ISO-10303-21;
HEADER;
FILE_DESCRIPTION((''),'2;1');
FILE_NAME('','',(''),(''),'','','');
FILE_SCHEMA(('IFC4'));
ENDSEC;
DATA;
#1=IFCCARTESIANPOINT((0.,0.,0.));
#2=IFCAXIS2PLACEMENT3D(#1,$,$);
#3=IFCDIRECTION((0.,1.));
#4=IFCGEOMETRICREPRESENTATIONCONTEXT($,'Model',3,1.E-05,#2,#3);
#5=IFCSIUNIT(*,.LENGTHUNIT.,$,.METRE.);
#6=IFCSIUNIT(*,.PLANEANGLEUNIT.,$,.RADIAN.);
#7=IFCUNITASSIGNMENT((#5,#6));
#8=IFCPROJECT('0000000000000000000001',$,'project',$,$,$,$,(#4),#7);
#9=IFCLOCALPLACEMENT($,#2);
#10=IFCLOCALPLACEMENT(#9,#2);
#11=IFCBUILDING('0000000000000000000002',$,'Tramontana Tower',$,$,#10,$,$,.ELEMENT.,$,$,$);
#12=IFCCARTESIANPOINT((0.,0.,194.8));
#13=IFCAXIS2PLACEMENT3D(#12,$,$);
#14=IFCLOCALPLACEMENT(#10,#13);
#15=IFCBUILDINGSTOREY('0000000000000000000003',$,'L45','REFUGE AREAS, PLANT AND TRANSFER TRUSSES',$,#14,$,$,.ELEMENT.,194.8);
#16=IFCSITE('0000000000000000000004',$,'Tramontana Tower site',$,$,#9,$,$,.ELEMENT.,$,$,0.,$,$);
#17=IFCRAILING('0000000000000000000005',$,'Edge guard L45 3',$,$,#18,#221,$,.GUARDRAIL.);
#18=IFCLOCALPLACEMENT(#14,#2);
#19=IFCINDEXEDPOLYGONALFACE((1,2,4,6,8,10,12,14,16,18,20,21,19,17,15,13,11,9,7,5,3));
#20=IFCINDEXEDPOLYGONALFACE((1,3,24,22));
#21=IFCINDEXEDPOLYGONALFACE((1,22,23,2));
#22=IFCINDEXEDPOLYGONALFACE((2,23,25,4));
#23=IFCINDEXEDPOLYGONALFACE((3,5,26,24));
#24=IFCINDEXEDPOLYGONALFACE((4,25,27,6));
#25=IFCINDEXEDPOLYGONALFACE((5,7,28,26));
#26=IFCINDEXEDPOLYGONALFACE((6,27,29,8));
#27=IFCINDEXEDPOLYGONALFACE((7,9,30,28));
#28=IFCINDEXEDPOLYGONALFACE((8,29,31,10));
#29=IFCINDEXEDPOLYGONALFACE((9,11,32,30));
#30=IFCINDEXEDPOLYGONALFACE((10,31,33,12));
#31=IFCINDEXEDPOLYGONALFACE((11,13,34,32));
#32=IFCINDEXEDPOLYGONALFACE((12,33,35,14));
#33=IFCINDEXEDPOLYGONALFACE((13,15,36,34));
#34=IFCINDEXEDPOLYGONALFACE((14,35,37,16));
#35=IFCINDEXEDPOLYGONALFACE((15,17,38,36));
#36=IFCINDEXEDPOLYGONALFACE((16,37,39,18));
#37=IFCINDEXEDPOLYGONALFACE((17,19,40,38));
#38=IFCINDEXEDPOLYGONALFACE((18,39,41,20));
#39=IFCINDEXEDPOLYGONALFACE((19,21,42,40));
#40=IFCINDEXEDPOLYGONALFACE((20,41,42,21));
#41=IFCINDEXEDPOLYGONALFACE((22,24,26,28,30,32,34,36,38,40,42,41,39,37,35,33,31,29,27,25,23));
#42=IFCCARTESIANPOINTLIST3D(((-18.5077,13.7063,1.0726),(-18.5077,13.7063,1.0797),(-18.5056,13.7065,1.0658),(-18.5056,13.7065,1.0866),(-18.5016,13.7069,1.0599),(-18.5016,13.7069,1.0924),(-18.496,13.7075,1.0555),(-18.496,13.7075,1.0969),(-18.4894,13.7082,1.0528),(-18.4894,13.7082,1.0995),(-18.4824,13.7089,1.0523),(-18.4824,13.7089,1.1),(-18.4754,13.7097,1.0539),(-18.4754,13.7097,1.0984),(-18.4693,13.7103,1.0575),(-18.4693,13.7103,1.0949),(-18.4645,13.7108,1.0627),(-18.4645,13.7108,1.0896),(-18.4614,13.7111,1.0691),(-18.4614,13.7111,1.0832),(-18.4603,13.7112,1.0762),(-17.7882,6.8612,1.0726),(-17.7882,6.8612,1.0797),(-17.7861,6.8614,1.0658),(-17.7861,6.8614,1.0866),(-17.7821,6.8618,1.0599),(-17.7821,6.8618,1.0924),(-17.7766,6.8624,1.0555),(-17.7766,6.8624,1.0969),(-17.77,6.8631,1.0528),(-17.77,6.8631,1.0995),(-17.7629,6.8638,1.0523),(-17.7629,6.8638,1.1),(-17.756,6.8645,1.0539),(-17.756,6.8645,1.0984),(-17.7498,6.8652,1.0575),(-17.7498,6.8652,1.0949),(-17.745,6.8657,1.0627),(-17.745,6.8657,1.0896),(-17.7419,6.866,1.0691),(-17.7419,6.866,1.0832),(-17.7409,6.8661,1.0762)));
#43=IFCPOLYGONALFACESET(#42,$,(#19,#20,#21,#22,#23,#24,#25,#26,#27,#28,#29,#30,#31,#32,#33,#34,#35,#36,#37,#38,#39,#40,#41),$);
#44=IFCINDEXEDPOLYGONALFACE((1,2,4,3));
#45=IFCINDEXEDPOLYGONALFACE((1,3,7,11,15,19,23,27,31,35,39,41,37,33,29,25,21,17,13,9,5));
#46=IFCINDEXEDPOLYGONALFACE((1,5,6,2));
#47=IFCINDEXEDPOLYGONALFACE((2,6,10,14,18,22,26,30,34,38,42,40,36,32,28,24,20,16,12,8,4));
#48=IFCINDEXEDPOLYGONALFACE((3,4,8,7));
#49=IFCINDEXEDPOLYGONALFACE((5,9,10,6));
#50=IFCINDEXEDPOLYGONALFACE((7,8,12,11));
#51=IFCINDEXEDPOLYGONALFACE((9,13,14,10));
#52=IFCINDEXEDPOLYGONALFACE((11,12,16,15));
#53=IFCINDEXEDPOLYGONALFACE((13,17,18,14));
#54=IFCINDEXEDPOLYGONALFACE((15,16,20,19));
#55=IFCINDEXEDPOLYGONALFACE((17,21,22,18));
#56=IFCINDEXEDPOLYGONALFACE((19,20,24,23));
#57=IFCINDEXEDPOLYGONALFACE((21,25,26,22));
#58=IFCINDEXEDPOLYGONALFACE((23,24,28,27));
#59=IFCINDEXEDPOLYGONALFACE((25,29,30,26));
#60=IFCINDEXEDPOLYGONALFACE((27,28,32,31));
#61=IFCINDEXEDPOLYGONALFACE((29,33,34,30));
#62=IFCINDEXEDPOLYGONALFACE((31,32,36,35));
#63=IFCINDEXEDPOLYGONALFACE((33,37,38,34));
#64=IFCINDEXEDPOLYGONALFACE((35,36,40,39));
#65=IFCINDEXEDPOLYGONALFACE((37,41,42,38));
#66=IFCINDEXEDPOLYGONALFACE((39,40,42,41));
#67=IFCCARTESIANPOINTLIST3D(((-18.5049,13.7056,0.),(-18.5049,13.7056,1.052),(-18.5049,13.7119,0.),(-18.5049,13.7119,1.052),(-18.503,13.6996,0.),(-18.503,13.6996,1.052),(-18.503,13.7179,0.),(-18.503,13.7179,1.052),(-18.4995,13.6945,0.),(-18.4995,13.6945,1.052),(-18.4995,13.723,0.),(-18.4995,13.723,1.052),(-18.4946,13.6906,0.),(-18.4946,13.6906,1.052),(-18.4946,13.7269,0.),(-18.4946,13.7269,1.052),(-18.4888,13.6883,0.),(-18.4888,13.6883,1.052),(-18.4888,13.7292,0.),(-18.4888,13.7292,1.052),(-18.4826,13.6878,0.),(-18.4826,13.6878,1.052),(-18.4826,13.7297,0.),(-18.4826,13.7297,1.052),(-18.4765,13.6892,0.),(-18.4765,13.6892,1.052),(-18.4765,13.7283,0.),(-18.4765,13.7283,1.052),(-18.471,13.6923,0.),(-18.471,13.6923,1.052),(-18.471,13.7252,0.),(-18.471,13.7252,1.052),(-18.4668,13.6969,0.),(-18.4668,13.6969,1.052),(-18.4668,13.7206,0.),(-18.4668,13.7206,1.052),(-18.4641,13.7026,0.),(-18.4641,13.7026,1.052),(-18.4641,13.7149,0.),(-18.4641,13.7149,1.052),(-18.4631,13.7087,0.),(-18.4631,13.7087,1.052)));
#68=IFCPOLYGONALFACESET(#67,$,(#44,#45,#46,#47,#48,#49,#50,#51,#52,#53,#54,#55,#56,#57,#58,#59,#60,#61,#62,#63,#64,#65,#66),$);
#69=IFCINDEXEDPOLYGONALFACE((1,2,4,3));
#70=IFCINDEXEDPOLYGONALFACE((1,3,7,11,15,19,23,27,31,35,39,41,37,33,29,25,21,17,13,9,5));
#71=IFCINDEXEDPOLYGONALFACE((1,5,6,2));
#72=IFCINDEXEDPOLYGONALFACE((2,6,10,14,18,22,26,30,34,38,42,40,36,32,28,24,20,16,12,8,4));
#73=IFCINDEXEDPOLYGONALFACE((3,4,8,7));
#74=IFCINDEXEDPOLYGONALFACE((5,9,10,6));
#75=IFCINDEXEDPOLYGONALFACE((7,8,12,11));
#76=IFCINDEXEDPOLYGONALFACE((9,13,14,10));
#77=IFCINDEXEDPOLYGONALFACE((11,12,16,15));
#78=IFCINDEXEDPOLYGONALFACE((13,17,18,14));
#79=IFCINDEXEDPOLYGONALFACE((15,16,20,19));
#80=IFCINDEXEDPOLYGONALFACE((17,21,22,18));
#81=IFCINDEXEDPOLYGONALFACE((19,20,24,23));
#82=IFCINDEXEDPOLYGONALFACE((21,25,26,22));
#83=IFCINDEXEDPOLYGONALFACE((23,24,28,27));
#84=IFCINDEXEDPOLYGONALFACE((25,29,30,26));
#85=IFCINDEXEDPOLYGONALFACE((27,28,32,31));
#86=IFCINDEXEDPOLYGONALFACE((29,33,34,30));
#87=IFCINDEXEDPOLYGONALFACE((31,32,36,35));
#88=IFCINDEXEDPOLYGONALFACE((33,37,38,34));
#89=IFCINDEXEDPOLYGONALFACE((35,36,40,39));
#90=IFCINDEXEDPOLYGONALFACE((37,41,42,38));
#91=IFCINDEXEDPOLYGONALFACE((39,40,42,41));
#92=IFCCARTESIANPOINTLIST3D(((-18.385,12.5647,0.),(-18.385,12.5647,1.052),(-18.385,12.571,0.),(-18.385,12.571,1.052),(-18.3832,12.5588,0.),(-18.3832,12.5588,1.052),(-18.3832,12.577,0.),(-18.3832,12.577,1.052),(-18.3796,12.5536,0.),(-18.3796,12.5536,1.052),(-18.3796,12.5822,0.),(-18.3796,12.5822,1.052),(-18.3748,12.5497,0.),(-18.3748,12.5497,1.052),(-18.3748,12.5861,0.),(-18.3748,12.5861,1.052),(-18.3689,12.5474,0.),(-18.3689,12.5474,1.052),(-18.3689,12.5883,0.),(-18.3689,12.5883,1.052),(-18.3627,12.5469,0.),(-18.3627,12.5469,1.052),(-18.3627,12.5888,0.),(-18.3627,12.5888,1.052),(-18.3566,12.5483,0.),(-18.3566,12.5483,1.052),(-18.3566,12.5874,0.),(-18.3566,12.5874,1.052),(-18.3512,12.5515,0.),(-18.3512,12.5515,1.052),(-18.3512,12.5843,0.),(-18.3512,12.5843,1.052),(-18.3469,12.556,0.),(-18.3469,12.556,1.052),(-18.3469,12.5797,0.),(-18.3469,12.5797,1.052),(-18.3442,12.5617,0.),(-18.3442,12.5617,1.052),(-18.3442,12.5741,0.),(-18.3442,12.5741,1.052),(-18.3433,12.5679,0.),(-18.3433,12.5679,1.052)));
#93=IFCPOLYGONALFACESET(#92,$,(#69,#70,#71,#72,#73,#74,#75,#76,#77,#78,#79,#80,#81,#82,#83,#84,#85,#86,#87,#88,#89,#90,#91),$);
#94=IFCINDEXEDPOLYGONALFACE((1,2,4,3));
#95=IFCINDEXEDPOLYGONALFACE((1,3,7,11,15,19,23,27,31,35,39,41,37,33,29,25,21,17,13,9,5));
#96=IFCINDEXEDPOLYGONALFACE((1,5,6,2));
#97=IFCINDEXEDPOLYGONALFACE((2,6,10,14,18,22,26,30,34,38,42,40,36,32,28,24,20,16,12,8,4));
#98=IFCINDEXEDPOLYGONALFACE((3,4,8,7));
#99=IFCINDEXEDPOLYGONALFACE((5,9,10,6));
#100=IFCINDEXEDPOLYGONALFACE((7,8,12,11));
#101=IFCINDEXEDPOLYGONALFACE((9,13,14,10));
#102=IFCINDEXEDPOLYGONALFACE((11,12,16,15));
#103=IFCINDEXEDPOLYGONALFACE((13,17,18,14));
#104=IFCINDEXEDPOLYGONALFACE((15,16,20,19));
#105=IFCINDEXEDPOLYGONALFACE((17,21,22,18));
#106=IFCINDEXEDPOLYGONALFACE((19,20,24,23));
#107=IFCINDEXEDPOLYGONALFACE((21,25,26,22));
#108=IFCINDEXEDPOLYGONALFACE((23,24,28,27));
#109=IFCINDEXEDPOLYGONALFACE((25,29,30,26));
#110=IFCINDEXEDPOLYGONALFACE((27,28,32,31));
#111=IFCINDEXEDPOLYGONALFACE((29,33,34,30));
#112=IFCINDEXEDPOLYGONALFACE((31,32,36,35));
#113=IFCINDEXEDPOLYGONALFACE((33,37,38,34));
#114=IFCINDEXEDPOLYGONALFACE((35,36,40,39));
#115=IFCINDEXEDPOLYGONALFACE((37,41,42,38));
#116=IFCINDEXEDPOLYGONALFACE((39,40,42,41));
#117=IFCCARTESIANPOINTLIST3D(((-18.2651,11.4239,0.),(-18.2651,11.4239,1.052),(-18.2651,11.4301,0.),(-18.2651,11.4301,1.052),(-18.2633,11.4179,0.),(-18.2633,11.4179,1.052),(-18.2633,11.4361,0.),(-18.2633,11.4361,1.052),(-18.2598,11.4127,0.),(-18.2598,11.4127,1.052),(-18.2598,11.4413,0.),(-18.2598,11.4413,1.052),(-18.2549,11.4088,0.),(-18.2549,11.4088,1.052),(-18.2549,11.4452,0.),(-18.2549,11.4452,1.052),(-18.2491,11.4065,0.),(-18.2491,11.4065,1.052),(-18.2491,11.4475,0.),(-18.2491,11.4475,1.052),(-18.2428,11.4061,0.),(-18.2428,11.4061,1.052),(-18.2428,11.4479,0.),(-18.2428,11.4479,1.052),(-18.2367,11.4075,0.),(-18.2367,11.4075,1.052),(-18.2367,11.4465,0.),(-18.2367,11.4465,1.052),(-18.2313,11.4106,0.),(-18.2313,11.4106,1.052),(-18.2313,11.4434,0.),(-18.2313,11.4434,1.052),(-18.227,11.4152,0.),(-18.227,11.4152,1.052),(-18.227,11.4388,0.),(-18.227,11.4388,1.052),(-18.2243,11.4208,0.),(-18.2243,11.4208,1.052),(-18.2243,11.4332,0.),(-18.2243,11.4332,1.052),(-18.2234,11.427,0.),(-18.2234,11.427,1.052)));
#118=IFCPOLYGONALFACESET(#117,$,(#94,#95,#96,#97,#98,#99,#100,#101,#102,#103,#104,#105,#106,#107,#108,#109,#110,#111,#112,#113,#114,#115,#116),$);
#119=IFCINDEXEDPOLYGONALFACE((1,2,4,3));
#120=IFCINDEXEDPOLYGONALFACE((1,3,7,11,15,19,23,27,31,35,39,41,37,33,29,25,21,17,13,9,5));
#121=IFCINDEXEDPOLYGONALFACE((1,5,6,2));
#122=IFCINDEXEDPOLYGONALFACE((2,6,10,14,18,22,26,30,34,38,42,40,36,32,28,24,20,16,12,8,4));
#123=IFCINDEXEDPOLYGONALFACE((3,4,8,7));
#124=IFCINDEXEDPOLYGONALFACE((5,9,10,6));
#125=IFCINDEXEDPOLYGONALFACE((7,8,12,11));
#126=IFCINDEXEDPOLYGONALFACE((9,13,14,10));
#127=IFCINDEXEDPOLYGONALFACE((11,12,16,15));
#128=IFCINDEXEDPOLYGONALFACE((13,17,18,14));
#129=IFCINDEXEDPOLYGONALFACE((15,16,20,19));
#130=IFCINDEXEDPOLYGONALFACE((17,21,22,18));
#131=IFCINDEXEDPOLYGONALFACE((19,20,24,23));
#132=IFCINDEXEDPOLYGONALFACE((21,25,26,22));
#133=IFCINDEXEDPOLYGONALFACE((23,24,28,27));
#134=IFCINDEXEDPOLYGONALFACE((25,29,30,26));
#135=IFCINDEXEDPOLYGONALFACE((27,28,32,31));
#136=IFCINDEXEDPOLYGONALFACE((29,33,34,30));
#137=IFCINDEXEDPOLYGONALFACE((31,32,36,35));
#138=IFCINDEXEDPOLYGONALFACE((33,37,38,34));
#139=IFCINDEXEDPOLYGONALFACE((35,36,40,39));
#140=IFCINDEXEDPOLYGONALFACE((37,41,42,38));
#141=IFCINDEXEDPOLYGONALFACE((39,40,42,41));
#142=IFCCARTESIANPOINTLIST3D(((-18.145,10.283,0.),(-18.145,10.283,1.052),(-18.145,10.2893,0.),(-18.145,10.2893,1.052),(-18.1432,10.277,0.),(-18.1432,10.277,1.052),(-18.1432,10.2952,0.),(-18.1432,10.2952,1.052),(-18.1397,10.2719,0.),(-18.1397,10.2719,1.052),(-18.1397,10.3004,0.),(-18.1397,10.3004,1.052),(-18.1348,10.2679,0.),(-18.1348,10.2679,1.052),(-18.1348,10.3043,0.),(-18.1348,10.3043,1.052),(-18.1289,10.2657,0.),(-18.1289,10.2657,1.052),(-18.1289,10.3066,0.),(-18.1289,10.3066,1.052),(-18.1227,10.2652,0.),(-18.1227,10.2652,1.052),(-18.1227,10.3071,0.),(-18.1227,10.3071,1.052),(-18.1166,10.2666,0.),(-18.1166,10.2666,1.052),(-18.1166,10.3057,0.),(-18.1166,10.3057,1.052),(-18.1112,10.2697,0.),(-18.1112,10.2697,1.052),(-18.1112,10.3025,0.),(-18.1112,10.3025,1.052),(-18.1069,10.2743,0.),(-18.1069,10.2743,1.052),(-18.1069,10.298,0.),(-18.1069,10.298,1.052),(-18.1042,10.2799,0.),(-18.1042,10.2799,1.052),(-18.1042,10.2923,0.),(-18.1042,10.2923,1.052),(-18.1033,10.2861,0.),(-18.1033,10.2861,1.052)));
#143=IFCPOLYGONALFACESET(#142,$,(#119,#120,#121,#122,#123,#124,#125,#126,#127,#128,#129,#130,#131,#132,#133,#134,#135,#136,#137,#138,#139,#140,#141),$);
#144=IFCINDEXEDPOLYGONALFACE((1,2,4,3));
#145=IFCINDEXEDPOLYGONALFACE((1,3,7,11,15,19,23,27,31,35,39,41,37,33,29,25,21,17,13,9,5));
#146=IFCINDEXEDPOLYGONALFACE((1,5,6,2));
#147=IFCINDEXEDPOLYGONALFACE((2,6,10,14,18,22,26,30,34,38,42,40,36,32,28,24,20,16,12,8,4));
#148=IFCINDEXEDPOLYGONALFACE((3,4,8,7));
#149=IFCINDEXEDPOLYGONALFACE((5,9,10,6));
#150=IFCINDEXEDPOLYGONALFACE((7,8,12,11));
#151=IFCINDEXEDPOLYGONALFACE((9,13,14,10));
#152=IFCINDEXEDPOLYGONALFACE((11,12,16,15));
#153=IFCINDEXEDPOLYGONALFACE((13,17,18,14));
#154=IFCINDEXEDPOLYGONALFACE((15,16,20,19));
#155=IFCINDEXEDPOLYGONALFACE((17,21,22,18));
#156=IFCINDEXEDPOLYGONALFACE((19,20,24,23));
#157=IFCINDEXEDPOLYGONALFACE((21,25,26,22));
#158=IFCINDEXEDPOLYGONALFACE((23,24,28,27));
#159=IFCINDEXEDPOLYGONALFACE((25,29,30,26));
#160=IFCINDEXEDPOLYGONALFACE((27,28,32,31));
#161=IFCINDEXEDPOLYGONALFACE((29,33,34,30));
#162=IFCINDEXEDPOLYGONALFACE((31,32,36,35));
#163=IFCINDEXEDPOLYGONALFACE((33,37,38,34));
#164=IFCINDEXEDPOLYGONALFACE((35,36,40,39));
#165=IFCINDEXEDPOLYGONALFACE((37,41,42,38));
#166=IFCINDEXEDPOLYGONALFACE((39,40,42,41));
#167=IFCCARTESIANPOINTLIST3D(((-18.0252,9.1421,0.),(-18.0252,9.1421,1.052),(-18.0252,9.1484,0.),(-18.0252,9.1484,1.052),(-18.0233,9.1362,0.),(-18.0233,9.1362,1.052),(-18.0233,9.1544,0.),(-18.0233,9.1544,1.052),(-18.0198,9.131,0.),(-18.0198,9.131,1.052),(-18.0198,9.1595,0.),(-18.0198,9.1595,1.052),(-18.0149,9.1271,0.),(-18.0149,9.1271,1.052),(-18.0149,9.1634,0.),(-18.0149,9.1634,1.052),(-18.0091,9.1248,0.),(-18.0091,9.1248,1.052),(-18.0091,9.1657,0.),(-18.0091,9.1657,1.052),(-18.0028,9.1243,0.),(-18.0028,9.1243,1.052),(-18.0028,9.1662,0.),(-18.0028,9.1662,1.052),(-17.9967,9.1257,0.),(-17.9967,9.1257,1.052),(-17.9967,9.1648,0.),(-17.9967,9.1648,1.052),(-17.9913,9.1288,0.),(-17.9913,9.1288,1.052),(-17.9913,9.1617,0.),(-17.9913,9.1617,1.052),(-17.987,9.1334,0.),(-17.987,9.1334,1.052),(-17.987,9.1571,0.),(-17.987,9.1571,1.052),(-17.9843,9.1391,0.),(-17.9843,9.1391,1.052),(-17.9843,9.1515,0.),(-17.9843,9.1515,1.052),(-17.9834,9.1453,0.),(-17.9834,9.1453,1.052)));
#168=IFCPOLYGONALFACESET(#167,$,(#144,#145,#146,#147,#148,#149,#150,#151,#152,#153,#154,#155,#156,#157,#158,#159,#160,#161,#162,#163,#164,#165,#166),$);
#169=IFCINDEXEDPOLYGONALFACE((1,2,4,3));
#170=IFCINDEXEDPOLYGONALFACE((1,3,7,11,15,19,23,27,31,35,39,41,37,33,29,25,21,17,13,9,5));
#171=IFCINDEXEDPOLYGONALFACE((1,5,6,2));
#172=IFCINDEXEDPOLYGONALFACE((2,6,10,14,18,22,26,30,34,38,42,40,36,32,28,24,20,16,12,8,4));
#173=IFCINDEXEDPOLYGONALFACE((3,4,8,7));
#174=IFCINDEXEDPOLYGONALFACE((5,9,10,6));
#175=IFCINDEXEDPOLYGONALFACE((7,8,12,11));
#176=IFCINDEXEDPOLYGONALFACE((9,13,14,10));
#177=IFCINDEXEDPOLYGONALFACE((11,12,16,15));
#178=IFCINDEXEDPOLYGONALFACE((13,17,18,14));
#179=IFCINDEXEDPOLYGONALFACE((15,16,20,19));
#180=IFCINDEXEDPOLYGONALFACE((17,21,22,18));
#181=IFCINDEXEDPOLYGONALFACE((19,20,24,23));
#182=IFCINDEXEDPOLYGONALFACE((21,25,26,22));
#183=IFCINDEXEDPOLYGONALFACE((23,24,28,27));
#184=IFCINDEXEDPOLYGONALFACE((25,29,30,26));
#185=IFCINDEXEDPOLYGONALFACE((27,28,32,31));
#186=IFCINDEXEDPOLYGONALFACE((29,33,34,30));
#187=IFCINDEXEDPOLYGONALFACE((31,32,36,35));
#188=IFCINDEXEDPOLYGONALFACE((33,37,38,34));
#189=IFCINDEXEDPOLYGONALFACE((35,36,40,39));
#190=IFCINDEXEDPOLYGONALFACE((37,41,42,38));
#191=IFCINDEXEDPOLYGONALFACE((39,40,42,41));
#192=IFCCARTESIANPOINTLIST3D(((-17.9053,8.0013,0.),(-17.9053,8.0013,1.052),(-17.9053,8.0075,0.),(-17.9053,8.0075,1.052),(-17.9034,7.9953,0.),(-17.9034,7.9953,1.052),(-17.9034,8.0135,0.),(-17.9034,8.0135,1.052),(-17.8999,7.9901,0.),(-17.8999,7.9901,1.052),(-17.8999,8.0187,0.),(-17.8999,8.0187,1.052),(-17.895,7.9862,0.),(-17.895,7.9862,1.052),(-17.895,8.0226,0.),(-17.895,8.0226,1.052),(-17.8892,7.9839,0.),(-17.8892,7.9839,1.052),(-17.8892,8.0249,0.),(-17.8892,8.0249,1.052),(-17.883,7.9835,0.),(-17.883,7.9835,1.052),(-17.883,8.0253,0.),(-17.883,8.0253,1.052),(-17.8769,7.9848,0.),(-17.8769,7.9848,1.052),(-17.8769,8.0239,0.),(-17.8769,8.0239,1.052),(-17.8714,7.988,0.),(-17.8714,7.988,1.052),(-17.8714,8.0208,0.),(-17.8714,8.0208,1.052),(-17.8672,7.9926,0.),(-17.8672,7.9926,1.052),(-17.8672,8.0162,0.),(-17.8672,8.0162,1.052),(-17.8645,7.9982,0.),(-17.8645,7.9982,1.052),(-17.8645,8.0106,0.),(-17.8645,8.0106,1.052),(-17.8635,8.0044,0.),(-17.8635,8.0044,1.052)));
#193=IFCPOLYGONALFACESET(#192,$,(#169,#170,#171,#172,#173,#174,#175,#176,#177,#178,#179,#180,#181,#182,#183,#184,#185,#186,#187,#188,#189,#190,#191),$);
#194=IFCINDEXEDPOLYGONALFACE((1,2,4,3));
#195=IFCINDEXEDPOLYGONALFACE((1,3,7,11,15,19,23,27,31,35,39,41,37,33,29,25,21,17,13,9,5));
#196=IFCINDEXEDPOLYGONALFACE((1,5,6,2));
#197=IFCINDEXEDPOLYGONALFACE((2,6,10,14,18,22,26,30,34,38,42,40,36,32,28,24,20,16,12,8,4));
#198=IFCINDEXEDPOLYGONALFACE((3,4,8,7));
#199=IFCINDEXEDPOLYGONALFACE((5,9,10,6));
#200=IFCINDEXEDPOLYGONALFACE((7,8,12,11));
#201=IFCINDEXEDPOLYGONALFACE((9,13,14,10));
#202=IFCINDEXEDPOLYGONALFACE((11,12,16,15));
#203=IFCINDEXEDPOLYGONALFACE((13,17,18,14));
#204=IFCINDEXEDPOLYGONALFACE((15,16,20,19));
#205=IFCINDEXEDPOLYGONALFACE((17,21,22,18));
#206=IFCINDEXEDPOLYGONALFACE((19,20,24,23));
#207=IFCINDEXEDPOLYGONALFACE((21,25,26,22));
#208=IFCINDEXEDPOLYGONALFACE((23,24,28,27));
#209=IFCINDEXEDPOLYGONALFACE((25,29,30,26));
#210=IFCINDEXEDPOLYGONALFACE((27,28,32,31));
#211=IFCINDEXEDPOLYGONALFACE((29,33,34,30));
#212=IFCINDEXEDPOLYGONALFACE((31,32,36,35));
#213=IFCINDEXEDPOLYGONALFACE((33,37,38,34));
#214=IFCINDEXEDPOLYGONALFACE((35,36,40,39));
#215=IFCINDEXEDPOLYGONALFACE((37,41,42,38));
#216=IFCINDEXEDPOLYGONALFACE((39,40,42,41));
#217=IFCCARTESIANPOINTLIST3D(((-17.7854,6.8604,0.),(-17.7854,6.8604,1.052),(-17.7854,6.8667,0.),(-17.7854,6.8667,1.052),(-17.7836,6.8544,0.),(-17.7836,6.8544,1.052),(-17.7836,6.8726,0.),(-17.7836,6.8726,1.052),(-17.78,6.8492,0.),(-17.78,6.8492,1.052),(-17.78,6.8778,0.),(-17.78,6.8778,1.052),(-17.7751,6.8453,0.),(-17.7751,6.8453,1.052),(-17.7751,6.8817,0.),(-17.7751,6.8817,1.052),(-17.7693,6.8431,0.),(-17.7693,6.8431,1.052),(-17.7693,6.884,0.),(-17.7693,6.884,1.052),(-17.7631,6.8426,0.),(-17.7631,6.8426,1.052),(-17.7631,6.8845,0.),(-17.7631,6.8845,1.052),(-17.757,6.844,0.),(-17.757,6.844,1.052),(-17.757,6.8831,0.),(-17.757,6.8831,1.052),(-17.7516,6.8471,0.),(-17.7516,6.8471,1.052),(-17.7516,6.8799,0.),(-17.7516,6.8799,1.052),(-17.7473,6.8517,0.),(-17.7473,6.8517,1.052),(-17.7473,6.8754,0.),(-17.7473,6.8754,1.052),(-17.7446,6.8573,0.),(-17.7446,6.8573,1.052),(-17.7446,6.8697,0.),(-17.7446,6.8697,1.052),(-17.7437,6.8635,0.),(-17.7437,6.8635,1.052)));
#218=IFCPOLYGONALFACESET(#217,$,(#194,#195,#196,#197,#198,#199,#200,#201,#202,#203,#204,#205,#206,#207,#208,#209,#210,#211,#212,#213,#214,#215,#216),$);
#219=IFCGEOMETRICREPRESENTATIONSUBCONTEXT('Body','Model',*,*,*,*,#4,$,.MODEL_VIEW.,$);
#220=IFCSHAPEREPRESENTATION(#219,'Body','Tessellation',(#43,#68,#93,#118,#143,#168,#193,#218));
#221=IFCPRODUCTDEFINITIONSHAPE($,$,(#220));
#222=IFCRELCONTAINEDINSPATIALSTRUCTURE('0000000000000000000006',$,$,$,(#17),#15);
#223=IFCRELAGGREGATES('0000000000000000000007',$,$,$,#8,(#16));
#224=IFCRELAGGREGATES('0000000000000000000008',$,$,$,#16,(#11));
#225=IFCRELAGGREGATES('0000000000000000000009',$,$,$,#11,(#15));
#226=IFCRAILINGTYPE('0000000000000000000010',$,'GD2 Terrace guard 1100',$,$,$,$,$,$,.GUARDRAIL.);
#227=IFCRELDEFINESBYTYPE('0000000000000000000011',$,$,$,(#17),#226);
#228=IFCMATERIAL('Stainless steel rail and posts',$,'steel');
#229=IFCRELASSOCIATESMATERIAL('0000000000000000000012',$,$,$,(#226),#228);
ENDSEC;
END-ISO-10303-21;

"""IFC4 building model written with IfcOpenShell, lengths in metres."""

from ifc_helpers import new_model, si_unit, direction, frame, origin, origin_2d, place, context, subcontext, project, spatial, circle, extrude, material, type_object, element, save


model = new_model("IFC4")

# Units and contexts
model_context = context("Model", 3, precision=1e-05, world=origin(), true_north=direction((0.0, 1.0)))
body_context = subcontext(model_context, "Body", "Model", "MODEL_VIEW")
ifc_project = project(units=[si_unit("LENGTHUNIT", "METRE"), si_unit("PLANEANGLEUNIT", "RADIAN")], contexts=[model_context])

# Site, building, storey
site_placement = place(None, origin())
site = spatial("IfcSite", under=ifc_project, at=site_placement, Name="Tramontana Tower site", CompositionType="ELEMENT", RefElevation=0.0)
building_placement = place(site_placement, origin())
building = spatial("IfcBuilding", under=site, at=building_placement, Name="Tramontana Tower", CompositionType="ELEMENT")
storey_placement = place(building_placement, frame((0.0, 0.0, 194.8)))
storey = spatial("IfcBuildingStorey", under=building, at=storey_placement, Name="L45", Description="REFUGE AREAS, PLANT AND TRANSFER TRUSSES", CompositionType="ELEMENT", Elevation=194.8)

# Railing
ifc_material_1 = material(Name="Stainless steel rail and posts", Category="steel")
railing_type = type_object("IfcRailingType", Name="GD2 Terrace guard 1100", PredefinedType="GUARDRAIL", material=ifc_material_1)
railing_1_placement = place(storey_placement, frame((-18.4841, 13.7087, 0.0)))
element("IfcRailing", 1, at=railing_1_placement, inside=storey, type_object=railing_type, Name="Edge guard L45 3", PredefinedType="GUARDRAIL", context=body_context, shape_type="SweptSolid", body=[
    extrude(circle(Radius=0.0239, at=origin_2d()), frame((0.0, 0.0, 1.0762), z_axis=(0.104532, -0.994522, 0.0), x_axis=(0.994522, 0.104532, 0.0)), (0.0, 0.0, 1.0), 6.8828),
    extrude(circle(Radius=0.021, at=origin_2d()), origin(), (0.0, 0.0, 1.0), 1.052),
    extrude(circle(Radius=0.021, at=origin_2d()), frame((0.1199, -1.1409, 0.0)), (0.0, 0.0, 1.0), 1.052),
    extrude(circle(Radius=0.021, at=origin_2d()), frame((0.2397, -2.2817, 0.0)), (0.0, 0.0, 1.0), 1.052),
    extrude(circle(Radius=0.021, at=origin_2d()), frame((0.3599, -3.4226, 0.0)), (0.0, 0.0, 1.0), 1.052),
    extrude(circle(Radius=0.021, at=origin_2d()), frame((0.4797, -4.5635, 0.0)), (0.0, 0.0, 1.0), 1.052),
    extrude(circle(Radius=0.021, at=origin_2d()), frame((0.5996, -5.7043, 0.0)), (0.0, 0.0, 1.0), 1.052),
    extrude(circle(Radius=0.021, at=origin_2d()), frame((0.7195, -6.8452, 0.0)), (0.0, 0.0, 1.0), 1.052),
])

save(model, "model.ifc")
